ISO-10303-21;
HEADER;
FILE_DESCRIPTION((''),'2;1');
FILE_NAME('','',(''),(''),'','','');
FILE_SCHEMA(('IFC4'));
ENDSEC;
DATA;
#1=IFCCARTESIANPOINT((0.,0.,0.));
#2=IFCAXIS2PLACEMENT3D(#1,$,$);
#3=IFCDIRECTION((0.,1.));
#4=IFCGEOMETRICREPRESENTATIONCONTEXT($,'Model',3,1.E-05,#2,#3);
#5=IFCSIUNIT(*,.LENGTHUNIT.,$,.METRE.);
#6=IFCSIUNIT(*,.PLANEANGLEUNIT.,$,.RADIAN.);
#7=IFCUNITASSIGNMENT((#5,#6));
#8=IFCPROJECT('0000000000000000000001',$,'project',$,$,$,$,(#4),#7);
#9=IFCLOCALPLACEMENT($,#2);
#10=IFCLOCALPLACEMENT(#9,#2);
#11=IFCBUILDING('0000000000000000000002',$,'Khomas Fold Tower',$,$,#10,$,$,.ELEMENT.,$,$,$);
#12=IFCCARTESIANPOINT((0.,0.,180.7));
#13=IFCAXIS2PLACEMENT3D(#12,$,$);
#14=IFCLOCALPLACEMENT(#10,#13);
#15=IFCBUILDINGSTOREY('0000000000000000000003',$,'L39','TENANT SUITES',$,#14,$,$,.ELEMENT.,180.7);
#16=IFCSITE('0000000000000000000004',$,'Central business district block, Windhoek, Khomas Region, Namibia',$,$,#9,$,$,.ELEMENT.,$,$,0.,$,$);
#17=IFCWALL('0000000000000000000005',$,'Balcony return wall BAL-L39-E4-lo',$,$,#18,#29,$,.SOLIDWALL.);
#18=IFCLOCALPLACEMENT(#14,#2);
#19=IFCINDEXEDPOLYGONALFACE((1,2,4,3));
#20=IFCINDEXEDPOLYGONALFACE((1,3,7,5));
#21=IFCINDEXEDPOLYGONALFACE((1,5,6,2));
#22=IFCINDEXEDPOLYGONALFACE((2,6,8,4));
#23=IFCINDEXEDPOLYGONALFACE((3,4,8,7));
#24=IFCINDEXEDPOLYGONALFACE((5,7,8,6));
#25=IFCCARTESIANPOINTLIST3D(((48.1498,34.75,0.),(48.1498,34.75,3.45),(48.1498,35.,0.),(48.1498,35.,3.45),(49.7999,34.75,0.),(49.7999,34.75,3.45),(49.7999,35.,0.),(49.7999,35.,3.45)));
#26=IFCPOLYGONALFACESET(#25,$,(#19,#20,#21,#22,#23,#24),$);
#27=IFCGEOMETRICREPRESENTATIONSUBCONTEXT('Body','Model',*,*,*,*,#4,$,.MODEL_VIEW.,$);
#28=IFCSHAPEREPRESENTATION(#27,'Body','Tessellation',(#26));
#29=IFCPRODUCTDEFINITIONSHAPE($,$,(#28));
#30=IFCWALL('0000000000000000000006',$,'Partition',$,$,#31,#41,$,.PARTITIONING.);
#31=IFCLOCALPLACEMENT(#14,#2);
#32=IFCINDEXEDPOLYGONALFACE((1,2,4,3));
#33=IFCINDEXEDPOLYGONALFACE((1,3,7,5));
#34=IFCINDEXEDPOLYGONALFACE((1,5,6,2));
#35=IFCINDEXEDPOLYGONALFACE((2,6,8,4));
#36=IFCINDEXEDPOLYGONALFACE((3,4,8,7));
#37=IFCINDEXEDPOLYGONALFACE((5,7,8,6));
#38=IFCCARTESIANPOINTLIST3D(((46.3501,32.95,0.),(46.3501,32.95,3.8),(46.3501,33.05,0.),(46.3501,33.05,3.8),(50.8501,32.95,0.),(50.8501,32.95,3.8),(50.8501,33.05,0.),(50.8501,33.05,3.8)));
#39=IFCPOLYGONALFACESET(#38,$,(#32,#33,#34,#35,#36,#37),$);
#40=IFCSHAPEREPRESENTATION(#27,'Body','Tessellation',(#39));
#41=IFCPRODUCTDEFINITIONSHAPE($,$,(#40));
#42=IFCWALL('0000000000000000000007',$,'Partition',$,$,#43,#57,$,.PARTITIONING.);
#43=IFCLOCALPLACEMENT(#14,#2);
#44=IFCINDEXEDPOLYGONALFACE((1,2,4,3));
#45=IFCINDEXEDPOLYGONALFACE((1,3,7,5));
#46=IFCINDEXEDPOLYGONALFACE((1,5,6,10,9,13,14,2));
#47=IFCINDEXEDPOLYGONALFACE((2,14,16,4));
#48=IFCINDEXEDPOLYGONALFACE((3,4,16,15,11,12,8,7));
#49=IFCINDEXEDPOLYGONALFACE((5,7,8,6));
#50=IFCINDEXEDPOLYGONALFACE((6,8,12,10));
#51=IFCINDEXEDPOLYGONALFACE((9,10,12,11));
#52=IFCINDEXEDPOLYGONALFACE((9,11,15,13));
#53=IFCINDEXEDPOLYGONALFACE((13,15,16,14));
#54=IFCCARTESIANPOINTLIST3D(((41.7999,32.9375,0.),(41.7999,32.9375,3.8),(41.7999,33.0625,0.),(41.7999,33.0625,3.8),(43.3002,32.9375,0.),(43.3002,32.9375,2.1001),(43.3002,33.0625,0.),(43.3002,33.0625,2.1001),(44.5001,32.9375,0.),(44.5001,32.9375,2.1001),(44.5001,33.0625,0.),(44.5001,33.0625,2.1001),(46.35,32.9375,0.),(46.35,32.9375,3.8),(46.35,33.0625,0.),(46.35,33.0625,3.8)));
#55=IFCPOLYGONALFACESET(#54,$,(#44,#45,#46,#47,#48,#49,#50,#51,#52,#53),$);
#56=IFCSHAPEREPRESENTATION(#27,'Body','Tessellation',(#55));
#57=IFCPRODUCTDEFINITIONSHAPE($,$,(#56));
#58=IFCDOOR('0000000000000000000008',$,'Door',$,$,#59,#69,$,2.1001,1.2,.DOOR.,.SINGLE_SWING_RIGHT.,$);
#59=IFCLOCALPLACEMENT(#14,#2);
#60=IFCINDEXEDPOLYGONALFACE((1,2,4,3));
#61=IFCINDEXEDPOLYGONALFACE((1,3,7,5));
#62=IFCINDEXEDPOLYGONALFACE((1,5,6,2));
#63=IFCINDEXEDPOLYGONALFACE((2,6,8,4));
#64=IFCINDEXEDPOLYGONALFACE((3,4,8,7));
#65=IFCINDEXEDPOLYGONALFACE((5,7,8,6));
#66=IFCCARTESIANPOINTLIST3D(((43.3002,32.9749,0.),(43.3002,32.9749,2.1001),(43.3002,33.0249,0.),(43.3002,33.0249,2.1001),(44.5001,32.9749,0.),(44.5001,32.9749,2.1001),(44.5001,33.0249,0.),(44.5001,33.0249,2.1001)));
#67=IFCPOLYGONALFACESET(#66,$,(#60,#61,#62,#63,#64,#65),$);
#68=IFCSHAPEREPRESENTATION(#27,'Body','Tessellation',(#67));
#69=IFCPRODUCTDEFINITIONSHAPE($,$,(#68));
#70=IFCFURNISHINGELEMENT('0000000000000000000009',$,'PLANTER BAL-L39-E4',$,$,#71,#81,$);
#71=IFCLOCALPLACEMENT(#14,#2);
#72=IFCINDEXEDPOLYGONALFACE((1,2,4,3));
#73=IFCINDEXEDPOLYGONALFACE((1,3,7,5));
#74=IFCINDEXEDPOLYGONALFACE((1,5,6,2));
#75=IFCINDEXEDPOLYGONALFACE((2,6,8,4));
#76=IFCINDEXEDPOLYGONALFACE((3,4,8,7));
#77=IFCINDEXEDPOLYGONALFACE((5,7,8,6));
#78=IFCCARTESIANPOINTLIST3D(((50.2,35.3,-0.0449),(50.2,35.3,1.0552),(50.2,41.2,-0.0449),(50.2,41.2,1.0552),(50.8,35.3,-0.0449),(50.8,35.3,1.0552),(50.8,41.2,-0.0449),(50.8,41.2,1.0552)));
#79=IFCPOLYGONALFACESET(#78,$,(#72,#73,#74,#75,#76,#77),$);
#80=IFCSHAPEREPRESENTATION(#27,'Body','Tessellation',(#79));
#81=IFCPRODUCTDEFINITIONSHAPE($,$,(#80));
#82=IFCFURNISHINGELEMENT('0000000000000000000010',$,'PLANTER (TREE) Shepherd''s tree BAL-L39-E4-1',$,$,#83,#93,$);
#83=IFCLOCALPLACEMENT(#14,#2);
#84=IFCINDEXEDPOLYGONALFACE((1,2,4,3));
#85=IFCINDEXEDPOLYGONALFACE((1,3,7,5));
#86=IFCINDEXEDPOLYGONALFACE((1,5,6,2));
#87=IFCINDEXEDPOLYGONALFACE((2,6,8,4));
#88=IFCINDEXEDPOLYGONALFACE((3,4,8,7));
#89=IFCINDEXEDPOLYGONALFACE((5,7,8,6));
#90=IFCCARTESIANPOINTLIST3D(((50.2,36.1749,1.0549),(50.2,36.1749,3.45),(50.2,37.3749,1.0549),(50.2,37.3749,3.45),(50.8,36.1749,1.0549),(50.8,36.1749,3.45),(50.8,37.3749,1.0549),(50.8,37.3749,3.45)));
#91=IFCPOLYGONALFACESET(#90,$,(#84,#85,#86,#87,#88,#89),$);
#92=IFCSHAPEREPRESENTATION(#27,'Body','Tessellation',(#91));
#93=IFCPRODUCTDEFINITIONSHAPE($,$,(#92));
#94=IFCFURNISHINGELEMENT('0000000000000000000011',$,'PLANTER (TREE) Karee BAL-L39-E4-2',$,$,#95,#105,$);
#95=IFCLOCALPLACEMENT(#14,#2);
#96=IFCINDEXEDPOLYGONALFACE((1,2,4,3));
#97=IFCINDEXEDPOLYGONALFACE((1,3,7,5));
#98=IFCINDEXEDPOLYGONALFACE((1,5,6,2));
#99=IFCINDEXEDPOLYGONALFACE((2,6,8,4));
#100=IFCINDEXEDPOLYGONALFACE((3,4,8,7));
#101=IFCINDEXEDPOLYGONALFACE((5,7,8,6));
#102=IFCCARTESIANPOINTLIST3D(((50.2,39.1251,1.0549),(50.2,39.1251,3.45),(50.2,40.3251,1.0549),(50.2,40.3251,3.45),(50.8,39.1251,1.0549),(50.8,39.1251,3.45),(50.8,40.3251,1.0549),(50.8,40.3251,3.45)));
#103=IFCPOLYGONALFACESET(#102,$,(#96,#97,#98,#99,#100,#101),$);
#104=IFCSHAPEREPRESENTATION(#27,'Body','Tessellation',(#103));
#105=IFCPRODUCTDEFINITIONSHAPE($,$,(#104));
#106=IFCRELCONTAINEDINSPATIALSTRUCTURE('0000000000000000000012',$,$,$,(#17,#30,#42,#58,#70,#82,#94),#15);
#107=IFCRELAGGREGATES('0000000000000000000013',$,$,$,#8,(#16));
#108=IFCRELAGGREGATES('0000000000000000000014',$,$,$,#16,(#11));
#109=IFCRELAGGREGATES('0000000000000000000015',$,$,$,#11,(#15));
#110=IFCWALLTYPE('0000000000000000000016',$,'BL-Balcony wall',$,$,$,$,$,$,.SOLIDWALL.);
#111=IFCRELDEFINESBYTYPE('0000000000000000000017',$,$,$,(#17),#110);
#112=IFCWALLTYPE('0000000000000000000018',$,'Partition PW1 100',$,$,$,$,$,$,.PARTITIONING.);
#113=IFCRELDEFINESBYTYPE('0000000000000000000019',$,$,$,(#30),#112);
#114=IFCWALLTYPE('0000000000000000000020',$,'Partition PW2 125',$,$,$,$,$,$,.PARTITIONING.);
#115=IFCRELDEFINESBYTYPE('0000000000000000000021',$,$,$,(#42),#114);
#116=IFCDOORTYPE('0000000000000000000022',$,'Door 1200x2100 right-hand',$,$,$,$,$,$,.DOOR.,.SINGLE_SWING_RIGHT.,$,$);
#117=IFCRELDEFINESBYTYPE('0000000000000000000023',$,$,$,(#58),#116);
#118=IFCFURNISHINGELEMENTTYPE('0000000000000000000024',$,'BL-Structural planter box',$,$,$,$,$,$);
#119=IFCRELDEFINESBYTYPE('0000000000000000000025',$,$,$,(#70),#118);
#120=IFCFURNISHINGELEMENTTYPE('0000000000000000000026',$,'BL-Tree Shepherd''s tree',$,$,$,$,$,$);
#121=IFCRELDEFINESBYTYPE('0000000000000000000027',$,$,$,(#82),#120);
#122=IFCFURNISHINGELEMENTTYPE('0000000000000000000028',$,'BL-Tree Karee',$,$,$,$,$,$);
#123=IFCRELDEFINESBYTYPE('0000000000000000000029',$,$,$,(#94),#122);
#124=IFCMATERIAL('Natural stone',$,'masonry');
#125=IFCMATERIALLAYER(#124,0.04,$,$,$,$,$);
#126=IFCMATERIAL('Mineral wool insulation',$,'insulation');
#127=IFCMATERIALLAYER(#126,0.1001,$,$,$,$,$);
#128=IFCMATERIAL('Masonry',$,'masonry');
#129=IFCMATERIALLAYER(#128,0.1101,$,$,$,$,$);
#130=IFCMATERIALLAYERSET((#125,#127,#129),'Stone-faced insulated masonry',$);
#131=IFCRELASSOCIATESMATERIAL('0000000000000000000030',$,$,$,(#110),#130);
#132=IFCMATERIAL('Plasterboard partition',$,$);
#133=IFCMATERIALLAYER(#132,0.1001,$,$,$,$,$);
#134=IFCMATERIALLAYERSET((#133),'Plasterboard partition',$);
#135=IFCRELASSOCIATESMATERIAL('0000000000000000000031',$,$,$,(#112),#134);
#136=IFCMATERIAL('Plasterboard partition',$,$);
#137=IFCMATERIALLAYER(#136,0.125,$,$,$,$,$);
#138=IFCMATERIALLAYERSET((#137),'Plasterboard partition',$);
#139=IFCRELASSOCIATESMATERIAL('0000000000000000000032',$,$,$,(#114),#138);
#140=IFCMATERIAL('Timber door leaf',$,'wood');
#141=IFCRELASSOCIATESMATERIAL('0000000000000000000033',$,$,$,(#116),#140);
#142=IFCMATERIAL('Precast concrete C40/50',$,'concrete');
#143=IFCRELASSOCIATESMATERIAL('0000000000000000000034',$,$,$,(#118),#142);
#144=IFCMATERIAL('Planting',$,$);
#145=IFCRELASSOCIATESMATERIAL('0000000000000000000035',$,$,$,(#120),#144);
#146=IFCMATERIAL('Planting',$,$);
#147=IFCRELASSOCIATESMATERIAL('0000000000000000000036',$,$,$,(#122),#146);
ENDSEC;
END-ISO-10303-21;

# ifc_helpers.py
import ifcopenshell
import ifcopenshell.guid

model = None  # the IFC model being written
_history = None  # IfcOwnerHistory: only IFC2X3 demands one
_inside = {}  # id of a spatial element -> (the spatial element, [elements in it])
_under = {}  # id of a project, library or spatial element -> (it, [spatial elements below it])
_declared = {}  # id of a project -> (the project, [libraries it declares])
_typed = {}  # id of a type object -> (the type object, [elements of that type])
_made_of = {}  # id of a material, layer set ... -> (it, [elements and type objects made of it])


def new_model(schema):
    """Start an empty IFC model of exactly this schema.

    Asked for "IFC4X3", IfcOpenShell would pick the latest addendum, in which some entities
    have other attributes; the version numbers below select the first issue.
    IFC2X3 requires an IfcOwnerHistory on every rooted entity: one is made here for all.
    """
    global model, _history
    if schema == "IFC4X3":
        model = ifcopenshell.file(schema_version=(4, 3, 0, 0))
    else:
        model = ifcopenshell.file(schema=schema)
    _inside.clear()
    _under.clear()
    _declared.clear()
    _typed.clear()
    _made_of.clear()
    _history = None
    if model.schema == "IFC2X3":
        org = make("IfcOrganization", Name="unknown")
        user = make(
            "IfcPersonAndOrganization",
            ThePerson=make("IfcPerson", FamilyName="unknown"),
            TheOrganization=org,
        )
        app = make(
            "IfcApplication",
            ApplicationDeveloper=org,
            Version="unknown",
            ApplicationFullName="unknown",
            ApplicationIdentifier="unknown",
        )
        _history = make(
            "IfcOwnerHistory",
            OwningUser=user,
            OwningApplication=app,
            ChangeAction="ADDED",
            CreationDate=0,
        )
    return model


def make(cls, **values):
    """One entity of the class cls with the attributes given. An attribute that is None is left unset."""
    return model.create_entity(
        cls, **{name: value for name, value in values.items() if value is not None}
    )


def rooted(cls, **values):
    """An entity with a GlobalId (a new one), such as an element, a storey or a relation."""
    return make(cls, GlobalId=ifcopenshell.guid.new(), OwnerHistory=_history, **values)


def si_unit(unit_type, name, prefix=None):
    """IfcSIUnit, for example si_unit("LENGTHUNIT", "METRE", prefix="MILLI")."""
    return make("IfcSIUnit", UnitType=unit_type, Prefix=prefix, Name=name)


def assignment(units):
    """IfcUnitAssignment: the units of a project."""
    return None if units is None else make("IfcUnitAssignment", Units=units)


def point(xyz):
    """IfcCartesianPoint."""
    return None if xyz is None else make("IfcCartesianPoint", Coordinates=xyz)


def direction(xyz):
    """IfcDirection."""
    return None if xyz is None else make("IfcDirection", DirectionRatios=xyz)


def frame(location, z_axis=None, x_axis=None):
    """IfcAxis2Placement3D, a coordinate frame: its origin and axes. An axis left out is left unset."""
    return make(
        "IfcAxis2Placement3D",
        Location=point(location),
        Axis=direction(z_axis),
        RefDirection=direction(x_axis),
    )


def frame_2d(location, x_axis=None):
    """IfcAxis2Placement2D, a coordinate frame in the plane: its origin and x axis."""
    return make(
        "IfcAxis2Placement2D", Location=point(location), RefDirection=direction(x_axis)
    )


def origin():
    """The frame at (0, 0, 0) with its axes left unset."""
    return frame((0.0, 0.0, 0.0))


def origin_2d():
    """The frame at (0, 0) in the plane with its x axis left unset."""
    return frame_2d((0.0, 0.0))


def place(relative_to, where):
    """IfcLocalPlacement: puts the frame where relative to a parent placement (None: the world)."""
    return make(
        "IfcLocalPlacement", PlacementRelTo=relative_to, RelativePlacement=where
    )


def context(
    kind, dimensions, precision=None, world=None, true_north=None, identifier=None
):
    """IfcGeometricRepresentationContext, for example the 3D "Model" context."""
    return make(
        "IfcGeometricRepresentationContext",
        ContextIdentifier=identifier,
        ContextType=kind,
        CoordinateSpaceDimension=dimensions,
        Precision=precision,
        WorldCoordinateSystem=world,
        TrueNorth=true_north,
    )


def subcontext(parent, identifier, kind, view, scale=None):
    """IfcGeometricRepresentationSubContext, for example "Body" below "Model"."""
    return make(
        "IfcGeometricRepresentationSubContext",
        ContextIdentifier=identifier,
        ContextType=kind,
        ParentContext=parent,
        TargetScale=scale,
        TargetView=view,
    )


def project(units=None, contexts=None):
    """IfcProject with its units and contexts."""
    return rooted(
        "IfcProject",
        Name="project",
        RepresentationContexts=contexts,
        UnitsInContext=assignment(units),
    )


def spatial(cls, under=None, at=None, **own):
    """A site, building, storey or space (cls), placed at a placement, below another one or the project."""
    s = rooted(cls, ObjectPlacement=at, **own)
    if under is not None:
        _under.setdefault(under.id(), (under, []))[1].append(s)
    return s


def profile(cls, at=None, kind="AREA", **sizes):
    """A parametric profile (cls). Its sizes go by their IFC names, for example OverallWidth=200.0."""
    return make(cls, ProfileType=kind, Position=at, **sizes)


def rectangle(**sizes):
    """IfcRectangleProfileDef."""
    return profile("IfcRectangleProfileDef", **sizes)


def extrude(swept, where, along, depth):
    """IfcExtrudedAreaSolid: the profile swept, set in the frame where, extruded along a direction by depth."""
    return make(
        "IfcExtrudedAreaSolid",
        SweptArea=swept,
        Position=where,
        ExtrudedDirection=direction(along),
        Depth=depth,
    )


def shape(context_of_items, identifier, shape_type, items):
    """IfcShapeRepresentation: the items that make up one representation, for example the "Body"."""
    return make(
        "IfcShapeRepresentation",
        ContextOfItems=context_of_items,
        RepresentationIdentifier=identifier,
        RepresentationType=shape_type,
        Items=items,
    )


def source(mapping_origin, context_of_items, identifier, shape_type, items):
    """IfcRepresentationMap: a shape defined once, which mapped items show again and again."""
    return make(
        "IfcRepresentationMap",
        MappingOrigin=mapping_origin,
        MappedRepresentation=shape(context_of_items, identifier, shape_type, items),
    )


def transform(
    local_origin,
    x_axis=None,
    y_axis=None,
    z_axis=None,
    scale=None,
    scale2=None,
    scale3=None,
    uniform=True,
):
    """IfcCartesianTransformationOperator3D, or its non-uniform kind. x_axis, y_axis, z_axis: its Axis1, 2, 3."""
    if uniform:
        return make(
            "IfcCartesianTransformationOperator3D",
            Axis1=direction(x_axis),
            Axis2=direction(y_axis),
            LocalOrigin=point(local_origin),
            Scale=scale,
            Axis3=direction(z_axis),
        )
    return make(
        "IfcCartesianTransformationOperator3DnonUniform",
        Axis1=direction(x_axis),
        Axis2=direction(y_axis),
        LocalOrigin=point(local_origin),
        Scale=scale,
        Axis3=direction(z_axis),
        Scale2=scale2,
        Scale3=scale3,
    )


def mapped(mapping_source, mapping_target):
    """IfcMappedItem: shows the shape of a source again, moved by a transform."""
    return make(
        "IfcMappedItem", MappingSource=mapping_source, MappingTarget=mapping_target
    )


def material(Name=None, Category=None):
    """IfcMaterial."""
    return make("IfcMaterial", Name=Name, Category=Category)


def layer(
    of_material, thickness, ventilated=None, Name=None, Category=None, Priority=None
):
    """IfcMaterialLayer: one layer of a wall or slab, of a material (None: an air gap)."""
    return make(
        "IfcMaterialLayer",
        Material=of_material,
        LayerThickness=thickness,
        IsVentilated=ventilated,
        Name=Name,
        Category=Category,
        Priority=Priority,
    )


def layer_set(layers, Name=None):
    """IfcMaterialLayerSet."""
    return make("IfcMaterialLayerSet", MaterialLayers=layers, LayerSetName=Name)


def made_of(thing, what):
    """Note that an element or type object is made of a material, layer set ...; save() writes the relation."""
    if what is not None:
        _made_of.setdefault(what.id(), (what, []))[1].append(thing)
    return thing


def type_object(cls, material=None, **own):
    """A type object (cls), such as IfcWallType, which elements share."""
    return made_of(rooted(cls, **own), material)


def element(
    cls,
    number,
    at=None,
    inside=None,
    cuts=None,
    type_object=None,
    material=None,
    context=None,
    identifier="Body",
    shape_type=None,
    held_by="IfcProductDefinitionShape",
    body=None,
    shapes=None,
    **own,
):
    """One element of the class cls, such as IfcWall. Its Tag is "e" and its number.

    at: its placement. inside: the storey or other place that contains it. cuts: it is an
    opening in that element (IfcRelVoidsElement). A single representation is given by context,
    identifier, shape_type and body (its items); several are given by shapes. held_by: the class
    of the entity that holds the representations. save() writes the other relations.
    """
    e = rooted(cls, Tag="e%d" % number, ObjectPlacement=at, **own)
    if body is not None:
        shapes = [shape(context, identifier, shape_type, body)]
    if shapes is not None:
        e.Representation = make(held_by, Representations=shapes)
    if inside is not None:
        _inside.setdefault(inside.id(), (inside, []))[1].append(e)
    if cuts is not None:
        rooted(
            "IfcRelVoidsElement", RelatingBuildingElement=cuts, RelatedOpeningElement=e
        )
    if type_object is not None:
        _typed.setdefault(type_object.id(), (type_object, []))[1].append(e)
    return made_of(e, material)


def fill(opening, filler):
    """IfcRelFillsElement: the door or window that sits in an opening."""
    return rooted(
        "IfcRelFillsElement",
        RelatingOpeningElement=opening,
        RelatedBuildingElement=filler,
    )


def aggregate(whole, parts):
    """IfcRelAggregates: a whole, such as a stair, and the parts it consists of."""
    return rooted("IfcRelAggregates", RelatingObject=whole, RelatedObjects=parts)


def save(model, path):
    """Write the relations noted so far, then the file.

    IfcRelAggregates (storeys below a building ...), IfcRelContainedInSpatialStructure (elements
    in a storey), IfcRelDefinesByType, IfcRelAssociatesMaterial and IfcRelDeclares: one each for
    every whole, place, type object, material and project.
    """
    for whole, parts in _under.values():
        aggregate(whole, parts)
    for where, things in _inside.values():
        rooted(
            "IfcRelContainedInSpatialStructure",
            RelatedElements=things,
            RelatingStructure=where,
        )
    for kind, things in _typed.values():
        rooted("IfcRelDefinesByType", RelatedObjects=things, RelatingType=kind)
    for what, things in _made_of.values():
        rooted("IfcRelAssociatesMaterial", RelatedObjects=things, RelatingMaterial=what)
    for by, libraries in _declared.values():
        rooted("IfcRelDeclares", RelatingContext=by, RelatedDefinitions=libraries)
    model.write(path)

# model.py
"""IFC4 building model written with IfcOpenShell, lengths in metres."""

from ifc_helpers import new_model, si_unit, direction, frame, frame_2d, origin, origin_2d, place, context, subcontext, project, spatial, rectangle, extrude, source, transform, mapped, material, layer, layer_set, type_object, element, fill, save


model = new_model("IFC4")

# Units and contexts
model_context = context("Model", 3, precision=1e-05, world=origin(), true_north=direction((0.0, 1.0)))
body_context = subcontext(model_context, "Body", "Model", "MODEL_VIEW")
ifc_project = project(units=[si_unit("LENGTHUNIT", "METRE"), si_unit("PLANEANGLEUNIT", "RADIAN")], contexts=[model_context])

# Site, building, storey
site_placement = place(None, origin())
site = spatial("IfcSite", under=ifc_project, at=site_placement, Name="Central business district block, Windhoek, Khomas Region, Namibia", CompositionType="ELEMENT", RefElevation=0.0)
building_placement = place(site_placement, origin())
building = spatial("IfcBuilding", under=site, at=building_placement, Name="Khomas Fold Tower", CompositionType="ELEMENT")
storey_placement = place(building_placement, frame((0.0, 0.0, 180.7)))
storey = spatial("IfcBuildingStorey", under=building, at=storey_placement, Name="L39", Description="TENANT SUITES", CompositionType="ELEMENT", Elevation=180.7)

# Shared definitions
ifc_material_1 = material(Name="Natural stone", Category="masonry")
ifc_layer_1 = layer(ifc_material_1, 0.04)
ifc_material_2 = material(Name="Mineral wool insulation", Category="insulation")
ifc_layer_2 = layer(ifc_material_2, 0.1001)
ifc_material_3 = material(Name="Masonry", Category="masonry")
ifc_layer_3 = layer(ifc_material_3, 0.1101)
ifc_layer_set_1 = layer_set([ifc_layer_1, ifc_layer_2, ifc_layer_3], Name="Stone-faced insulated masonry")
wall_type_1 = type_object("IfcWallType", Name="BL-Balcony wall", PredefinedType="SOLIDWALL", material=ifc_layer_set_1)

# Walls
shared_shape_1 = source(origin(), body_context, "Body", "SweptSolid", [
    extrude(rectangle(XDim=1.6501, YDim=0.25, at=frame_2d((0.8252, 0.0))), origin(), (0.0, 0.0, 1.0), 3.45),
])
wall_1_placement = place(storey_placement, frame((49.8, 34.875, 0.0), z_axis=(0.0, 0.0, 1.0), x_axis=(-1.0, 0.0, 0.0)))
element("IfcWall", 1, at=wall_1_placement, inside=storey, type_object=wall_type_1, Name="Balcony return wall BAL-L39-E4-lo", PredefinedType="SOLIDWALL", context=body_context, shape_type="MappedRepresentation", body=[
    mapped(shared_shape_1, transform((0.0, 0.0, 0.0))),
])
ifc_material_4 = material(Name="Plasterboard partition")
ifc_layer_4 = layer(ifc_material_4, 0.1001)
ifc_layer_set_2 = layer_set([ifc_layer_4], Name="Plasterboard partition")
wall_type_2 = type_object("IfcWallType", Name="Partition PW1 100", PredefinedType="PARTITIONING", material=ifc_layer_set_2)
shared_shape_2 = source(origin(), body_context, "Body", "SweptSolid", [
    extrude(rectangle(XDim=4.5, YDim=0.1001, at=frame_2d((2.25, 0.0))), origin(), (0.0, 0.0, 1.0), 3.8),
])
wall_2_placement = place(storey_placement, frame((46.3501, 33.0, 0.0), z_axis=(0.0, 0.0, 1.0), x_axis=(1.0, 0.0, 0.0)))
element("IfcWall", 2, at=wall_2_placement, inside=storey, type_object=wall_type_2, Name="Partition", PredefinedType="PARTITIONING", context=body_context, shape_type="MappedRepresentation", body=[
    mapped(shared_shape_2, transform((0.0, 0.0, 0.0))),
])

# Wall, opening, door
ifc_material_5 = material(Name="Plasterboard partition")
ifc_layer_5 = layer(ifc_material_5, 0.125)
ifc_layer_set_3 = layer_set([ifc_layer_5], Name="Plasterboard partition")
wall_type_3 = type_object("IfcWallType", Name="Partition PW2 125", PredefinedType="PARTITIONING", material=ifc_layer_set_3)
shared_shape_3 = source(origin(), body_context, "Body", "SweptSolid", [
    extrude(rectangle(XDim=4.55, YDim=0.125, at=frame_2d((2.2749, 0.0))), origin(), (0.0, 0.0, 1.0), 3.8),
])
wall_3_placement = place(storey_placement, frame((41.8, 33.0, 0.0), z_axis=(0.0, 0.0, 1.0), x_axis=(1.0, 0.0, 0.0)))
wall_3 = element("IfcWall", 3, at=wall_3_placement, inside=storey, type_object=wall_type_3, Name="Partition", PredefinedType="PARTITIONING", context=body_context, shape_type="MappedRepresentation", body=[
    mapped(shared_shape_3, transform((0.0, 0.0, 0.0))),
])
shared_shape_4 = source(origin(), body_context, "Body", "SweptSolid", [
    extrude(rectangle(XDim=1.2, YDim=2.1001, at=frame_2d((0.6001, 1.05))), frame((0.0, 0.0725, 0.0), z_axis=(0.0, -1.0, 0.0), x_axis=(1.0, 0.0, 0.0)), (0.0, 0.0, 1.0), 0.145),
])
opening_1_placement = place(wall_3_placement, frame((1.5, 0.0, 0.0)))
opening_1 = element("IfcOpeningElement", 4, at=opening_1_placement, cuts=wall_3, PredefinedType="OPENING", context=body_context, shape_type="MappedRepresentation", body=[
    mapped(shared_shape_4, transform((0.0, 0.0, 0.0))),
])
ifc_material_6 = material(Name="Timber door leaf", Category="wood")
door_type_1 = type_object("IfcDoorType", Name="Door 1200x2100 right-hand", OperationType="SINGLE_SWING_RIGHT", PredefinedType="DOOR", material=ifc_material_6)
shared_shape_5 = source(origin(), body_context, "Body", "SweptSolid", [
    extrude(rectangle(XDim=1.2, YDim=2.1001, at=frame_2d((0.6001, 1.05))), frame((0.0, 0.0249, 0.0), z_axis=(0.0, -1.0, 0.0), x_axis=(1.0, 0.0, 0.0)), (0.0, 0.0, 1.0), 0.05),
])
door_1_placement = place(opening_1_placement, origin())
door_1 = element("IfcDoor", 5, at=door_1_placement, inside=storey, type_object=door_type_1, Name="Door", OperationType="SINGLE_SWING_RIGHT", OverallHeight=2.1001, OverallWidth=1.2, PredefinedType="DOOR", context=body_context, shape_type="MappedRepresentation", body=[
    mapped(shared_shape_5, transform((0.0, 0.0, 0.0))),
])
fill(opening_1, door_1)

# Furnishing elements
ifc_material_7 = material(Name="Precast concrete C40/50", Category="concrete")
furnishing_element_type_1 = type_object("IfcFurnishingElementType", Name="BL-Structural planter box", material=ifc_material_7)
shared_shape_6 = source(origin(), body_context, "Body", "SweptSolid", [
    extrude(rectangle(XDim=5.8999, YDim=0.6001, at=origin_2d()), origin(), (0.0, 0.0, 1.0), 1.1001),
])
furnishing_1_placement = place(storey_placement, frame((50.5, 38.25, -0.0449), z_axis=(0.0, 0.0, 1.0), x_axis=(0.0, 1.0, 0.0)))
element("IfcFurnishingElement", 6, at=furnishing_1_placement, inside=storey, type_object=furnishing_element_type_1, Name="PLANTER BAL-L39-E4", context=body_context, shape_type="MappedRepresentation", body=[
    mapped(shared_shape_6, transform((0.0, 0.0, 0.0))),
])
ifc_material_8 = material(Name="Planting")
furnishing_element_type_2 = type_object("IfcFurnishingElementType", Name="BL-Tree Shepherd's tree", material=ifc_material_8)
shared_shape_7 = source(origin(), body_context, "Body", "SweptSolid", [
    extrude(rectangle(XDim=1.2, YDim=0.6001, at=origin_2d()), origin(), (0.0, 0.0, 1.0), 2.395),
])
furnishing_2_placement = place(storey_placement, frame((50.5, 36.7749, 1.0549), z_axis=(0.0, 0.0, 1.0), x_axis=(0.0, 1.0, 0.0)))
element("IfcFurnishingElement", 7, at=furnishing_2_placement, inside=storey, type_object=furnishing_element_type_2, Name="PLANTER (TREE) Shepherd's tree BAL-L39-E4-1", context=body_context, shape_type="MappedRepresentation", body=[
    mapped(shared_shape_7, transform((0.0, 0.0, 0.0))),
])
ifc_material_9 = material(Name="Planting")
furnishing_element_type_3 = type_object("IfcFurnishingElementType", Name="BL-Tree Karee", material=ifc_material_9)
furnishing_3_placement = place(storey_placement, frame((50.5, 39.7251, 1.0549), z_axis=(0.0, 0.0, 1.0), x_axis=(0.0, 1.0, 0.0)))
element("IfcFurnishingElement", 8, at=furnishing_3_placement, inside=storey, type_object=furnishing_element_type_3, Name="PLANTER (TREE) Karee BAL-L39-E4-2", context=body_context, shape_type="MappedRepresentation", body=[
    mapped(shared_shape_7, transform((0.0, 0.0, 0.0))),
])

save(model, "model.ifc")
